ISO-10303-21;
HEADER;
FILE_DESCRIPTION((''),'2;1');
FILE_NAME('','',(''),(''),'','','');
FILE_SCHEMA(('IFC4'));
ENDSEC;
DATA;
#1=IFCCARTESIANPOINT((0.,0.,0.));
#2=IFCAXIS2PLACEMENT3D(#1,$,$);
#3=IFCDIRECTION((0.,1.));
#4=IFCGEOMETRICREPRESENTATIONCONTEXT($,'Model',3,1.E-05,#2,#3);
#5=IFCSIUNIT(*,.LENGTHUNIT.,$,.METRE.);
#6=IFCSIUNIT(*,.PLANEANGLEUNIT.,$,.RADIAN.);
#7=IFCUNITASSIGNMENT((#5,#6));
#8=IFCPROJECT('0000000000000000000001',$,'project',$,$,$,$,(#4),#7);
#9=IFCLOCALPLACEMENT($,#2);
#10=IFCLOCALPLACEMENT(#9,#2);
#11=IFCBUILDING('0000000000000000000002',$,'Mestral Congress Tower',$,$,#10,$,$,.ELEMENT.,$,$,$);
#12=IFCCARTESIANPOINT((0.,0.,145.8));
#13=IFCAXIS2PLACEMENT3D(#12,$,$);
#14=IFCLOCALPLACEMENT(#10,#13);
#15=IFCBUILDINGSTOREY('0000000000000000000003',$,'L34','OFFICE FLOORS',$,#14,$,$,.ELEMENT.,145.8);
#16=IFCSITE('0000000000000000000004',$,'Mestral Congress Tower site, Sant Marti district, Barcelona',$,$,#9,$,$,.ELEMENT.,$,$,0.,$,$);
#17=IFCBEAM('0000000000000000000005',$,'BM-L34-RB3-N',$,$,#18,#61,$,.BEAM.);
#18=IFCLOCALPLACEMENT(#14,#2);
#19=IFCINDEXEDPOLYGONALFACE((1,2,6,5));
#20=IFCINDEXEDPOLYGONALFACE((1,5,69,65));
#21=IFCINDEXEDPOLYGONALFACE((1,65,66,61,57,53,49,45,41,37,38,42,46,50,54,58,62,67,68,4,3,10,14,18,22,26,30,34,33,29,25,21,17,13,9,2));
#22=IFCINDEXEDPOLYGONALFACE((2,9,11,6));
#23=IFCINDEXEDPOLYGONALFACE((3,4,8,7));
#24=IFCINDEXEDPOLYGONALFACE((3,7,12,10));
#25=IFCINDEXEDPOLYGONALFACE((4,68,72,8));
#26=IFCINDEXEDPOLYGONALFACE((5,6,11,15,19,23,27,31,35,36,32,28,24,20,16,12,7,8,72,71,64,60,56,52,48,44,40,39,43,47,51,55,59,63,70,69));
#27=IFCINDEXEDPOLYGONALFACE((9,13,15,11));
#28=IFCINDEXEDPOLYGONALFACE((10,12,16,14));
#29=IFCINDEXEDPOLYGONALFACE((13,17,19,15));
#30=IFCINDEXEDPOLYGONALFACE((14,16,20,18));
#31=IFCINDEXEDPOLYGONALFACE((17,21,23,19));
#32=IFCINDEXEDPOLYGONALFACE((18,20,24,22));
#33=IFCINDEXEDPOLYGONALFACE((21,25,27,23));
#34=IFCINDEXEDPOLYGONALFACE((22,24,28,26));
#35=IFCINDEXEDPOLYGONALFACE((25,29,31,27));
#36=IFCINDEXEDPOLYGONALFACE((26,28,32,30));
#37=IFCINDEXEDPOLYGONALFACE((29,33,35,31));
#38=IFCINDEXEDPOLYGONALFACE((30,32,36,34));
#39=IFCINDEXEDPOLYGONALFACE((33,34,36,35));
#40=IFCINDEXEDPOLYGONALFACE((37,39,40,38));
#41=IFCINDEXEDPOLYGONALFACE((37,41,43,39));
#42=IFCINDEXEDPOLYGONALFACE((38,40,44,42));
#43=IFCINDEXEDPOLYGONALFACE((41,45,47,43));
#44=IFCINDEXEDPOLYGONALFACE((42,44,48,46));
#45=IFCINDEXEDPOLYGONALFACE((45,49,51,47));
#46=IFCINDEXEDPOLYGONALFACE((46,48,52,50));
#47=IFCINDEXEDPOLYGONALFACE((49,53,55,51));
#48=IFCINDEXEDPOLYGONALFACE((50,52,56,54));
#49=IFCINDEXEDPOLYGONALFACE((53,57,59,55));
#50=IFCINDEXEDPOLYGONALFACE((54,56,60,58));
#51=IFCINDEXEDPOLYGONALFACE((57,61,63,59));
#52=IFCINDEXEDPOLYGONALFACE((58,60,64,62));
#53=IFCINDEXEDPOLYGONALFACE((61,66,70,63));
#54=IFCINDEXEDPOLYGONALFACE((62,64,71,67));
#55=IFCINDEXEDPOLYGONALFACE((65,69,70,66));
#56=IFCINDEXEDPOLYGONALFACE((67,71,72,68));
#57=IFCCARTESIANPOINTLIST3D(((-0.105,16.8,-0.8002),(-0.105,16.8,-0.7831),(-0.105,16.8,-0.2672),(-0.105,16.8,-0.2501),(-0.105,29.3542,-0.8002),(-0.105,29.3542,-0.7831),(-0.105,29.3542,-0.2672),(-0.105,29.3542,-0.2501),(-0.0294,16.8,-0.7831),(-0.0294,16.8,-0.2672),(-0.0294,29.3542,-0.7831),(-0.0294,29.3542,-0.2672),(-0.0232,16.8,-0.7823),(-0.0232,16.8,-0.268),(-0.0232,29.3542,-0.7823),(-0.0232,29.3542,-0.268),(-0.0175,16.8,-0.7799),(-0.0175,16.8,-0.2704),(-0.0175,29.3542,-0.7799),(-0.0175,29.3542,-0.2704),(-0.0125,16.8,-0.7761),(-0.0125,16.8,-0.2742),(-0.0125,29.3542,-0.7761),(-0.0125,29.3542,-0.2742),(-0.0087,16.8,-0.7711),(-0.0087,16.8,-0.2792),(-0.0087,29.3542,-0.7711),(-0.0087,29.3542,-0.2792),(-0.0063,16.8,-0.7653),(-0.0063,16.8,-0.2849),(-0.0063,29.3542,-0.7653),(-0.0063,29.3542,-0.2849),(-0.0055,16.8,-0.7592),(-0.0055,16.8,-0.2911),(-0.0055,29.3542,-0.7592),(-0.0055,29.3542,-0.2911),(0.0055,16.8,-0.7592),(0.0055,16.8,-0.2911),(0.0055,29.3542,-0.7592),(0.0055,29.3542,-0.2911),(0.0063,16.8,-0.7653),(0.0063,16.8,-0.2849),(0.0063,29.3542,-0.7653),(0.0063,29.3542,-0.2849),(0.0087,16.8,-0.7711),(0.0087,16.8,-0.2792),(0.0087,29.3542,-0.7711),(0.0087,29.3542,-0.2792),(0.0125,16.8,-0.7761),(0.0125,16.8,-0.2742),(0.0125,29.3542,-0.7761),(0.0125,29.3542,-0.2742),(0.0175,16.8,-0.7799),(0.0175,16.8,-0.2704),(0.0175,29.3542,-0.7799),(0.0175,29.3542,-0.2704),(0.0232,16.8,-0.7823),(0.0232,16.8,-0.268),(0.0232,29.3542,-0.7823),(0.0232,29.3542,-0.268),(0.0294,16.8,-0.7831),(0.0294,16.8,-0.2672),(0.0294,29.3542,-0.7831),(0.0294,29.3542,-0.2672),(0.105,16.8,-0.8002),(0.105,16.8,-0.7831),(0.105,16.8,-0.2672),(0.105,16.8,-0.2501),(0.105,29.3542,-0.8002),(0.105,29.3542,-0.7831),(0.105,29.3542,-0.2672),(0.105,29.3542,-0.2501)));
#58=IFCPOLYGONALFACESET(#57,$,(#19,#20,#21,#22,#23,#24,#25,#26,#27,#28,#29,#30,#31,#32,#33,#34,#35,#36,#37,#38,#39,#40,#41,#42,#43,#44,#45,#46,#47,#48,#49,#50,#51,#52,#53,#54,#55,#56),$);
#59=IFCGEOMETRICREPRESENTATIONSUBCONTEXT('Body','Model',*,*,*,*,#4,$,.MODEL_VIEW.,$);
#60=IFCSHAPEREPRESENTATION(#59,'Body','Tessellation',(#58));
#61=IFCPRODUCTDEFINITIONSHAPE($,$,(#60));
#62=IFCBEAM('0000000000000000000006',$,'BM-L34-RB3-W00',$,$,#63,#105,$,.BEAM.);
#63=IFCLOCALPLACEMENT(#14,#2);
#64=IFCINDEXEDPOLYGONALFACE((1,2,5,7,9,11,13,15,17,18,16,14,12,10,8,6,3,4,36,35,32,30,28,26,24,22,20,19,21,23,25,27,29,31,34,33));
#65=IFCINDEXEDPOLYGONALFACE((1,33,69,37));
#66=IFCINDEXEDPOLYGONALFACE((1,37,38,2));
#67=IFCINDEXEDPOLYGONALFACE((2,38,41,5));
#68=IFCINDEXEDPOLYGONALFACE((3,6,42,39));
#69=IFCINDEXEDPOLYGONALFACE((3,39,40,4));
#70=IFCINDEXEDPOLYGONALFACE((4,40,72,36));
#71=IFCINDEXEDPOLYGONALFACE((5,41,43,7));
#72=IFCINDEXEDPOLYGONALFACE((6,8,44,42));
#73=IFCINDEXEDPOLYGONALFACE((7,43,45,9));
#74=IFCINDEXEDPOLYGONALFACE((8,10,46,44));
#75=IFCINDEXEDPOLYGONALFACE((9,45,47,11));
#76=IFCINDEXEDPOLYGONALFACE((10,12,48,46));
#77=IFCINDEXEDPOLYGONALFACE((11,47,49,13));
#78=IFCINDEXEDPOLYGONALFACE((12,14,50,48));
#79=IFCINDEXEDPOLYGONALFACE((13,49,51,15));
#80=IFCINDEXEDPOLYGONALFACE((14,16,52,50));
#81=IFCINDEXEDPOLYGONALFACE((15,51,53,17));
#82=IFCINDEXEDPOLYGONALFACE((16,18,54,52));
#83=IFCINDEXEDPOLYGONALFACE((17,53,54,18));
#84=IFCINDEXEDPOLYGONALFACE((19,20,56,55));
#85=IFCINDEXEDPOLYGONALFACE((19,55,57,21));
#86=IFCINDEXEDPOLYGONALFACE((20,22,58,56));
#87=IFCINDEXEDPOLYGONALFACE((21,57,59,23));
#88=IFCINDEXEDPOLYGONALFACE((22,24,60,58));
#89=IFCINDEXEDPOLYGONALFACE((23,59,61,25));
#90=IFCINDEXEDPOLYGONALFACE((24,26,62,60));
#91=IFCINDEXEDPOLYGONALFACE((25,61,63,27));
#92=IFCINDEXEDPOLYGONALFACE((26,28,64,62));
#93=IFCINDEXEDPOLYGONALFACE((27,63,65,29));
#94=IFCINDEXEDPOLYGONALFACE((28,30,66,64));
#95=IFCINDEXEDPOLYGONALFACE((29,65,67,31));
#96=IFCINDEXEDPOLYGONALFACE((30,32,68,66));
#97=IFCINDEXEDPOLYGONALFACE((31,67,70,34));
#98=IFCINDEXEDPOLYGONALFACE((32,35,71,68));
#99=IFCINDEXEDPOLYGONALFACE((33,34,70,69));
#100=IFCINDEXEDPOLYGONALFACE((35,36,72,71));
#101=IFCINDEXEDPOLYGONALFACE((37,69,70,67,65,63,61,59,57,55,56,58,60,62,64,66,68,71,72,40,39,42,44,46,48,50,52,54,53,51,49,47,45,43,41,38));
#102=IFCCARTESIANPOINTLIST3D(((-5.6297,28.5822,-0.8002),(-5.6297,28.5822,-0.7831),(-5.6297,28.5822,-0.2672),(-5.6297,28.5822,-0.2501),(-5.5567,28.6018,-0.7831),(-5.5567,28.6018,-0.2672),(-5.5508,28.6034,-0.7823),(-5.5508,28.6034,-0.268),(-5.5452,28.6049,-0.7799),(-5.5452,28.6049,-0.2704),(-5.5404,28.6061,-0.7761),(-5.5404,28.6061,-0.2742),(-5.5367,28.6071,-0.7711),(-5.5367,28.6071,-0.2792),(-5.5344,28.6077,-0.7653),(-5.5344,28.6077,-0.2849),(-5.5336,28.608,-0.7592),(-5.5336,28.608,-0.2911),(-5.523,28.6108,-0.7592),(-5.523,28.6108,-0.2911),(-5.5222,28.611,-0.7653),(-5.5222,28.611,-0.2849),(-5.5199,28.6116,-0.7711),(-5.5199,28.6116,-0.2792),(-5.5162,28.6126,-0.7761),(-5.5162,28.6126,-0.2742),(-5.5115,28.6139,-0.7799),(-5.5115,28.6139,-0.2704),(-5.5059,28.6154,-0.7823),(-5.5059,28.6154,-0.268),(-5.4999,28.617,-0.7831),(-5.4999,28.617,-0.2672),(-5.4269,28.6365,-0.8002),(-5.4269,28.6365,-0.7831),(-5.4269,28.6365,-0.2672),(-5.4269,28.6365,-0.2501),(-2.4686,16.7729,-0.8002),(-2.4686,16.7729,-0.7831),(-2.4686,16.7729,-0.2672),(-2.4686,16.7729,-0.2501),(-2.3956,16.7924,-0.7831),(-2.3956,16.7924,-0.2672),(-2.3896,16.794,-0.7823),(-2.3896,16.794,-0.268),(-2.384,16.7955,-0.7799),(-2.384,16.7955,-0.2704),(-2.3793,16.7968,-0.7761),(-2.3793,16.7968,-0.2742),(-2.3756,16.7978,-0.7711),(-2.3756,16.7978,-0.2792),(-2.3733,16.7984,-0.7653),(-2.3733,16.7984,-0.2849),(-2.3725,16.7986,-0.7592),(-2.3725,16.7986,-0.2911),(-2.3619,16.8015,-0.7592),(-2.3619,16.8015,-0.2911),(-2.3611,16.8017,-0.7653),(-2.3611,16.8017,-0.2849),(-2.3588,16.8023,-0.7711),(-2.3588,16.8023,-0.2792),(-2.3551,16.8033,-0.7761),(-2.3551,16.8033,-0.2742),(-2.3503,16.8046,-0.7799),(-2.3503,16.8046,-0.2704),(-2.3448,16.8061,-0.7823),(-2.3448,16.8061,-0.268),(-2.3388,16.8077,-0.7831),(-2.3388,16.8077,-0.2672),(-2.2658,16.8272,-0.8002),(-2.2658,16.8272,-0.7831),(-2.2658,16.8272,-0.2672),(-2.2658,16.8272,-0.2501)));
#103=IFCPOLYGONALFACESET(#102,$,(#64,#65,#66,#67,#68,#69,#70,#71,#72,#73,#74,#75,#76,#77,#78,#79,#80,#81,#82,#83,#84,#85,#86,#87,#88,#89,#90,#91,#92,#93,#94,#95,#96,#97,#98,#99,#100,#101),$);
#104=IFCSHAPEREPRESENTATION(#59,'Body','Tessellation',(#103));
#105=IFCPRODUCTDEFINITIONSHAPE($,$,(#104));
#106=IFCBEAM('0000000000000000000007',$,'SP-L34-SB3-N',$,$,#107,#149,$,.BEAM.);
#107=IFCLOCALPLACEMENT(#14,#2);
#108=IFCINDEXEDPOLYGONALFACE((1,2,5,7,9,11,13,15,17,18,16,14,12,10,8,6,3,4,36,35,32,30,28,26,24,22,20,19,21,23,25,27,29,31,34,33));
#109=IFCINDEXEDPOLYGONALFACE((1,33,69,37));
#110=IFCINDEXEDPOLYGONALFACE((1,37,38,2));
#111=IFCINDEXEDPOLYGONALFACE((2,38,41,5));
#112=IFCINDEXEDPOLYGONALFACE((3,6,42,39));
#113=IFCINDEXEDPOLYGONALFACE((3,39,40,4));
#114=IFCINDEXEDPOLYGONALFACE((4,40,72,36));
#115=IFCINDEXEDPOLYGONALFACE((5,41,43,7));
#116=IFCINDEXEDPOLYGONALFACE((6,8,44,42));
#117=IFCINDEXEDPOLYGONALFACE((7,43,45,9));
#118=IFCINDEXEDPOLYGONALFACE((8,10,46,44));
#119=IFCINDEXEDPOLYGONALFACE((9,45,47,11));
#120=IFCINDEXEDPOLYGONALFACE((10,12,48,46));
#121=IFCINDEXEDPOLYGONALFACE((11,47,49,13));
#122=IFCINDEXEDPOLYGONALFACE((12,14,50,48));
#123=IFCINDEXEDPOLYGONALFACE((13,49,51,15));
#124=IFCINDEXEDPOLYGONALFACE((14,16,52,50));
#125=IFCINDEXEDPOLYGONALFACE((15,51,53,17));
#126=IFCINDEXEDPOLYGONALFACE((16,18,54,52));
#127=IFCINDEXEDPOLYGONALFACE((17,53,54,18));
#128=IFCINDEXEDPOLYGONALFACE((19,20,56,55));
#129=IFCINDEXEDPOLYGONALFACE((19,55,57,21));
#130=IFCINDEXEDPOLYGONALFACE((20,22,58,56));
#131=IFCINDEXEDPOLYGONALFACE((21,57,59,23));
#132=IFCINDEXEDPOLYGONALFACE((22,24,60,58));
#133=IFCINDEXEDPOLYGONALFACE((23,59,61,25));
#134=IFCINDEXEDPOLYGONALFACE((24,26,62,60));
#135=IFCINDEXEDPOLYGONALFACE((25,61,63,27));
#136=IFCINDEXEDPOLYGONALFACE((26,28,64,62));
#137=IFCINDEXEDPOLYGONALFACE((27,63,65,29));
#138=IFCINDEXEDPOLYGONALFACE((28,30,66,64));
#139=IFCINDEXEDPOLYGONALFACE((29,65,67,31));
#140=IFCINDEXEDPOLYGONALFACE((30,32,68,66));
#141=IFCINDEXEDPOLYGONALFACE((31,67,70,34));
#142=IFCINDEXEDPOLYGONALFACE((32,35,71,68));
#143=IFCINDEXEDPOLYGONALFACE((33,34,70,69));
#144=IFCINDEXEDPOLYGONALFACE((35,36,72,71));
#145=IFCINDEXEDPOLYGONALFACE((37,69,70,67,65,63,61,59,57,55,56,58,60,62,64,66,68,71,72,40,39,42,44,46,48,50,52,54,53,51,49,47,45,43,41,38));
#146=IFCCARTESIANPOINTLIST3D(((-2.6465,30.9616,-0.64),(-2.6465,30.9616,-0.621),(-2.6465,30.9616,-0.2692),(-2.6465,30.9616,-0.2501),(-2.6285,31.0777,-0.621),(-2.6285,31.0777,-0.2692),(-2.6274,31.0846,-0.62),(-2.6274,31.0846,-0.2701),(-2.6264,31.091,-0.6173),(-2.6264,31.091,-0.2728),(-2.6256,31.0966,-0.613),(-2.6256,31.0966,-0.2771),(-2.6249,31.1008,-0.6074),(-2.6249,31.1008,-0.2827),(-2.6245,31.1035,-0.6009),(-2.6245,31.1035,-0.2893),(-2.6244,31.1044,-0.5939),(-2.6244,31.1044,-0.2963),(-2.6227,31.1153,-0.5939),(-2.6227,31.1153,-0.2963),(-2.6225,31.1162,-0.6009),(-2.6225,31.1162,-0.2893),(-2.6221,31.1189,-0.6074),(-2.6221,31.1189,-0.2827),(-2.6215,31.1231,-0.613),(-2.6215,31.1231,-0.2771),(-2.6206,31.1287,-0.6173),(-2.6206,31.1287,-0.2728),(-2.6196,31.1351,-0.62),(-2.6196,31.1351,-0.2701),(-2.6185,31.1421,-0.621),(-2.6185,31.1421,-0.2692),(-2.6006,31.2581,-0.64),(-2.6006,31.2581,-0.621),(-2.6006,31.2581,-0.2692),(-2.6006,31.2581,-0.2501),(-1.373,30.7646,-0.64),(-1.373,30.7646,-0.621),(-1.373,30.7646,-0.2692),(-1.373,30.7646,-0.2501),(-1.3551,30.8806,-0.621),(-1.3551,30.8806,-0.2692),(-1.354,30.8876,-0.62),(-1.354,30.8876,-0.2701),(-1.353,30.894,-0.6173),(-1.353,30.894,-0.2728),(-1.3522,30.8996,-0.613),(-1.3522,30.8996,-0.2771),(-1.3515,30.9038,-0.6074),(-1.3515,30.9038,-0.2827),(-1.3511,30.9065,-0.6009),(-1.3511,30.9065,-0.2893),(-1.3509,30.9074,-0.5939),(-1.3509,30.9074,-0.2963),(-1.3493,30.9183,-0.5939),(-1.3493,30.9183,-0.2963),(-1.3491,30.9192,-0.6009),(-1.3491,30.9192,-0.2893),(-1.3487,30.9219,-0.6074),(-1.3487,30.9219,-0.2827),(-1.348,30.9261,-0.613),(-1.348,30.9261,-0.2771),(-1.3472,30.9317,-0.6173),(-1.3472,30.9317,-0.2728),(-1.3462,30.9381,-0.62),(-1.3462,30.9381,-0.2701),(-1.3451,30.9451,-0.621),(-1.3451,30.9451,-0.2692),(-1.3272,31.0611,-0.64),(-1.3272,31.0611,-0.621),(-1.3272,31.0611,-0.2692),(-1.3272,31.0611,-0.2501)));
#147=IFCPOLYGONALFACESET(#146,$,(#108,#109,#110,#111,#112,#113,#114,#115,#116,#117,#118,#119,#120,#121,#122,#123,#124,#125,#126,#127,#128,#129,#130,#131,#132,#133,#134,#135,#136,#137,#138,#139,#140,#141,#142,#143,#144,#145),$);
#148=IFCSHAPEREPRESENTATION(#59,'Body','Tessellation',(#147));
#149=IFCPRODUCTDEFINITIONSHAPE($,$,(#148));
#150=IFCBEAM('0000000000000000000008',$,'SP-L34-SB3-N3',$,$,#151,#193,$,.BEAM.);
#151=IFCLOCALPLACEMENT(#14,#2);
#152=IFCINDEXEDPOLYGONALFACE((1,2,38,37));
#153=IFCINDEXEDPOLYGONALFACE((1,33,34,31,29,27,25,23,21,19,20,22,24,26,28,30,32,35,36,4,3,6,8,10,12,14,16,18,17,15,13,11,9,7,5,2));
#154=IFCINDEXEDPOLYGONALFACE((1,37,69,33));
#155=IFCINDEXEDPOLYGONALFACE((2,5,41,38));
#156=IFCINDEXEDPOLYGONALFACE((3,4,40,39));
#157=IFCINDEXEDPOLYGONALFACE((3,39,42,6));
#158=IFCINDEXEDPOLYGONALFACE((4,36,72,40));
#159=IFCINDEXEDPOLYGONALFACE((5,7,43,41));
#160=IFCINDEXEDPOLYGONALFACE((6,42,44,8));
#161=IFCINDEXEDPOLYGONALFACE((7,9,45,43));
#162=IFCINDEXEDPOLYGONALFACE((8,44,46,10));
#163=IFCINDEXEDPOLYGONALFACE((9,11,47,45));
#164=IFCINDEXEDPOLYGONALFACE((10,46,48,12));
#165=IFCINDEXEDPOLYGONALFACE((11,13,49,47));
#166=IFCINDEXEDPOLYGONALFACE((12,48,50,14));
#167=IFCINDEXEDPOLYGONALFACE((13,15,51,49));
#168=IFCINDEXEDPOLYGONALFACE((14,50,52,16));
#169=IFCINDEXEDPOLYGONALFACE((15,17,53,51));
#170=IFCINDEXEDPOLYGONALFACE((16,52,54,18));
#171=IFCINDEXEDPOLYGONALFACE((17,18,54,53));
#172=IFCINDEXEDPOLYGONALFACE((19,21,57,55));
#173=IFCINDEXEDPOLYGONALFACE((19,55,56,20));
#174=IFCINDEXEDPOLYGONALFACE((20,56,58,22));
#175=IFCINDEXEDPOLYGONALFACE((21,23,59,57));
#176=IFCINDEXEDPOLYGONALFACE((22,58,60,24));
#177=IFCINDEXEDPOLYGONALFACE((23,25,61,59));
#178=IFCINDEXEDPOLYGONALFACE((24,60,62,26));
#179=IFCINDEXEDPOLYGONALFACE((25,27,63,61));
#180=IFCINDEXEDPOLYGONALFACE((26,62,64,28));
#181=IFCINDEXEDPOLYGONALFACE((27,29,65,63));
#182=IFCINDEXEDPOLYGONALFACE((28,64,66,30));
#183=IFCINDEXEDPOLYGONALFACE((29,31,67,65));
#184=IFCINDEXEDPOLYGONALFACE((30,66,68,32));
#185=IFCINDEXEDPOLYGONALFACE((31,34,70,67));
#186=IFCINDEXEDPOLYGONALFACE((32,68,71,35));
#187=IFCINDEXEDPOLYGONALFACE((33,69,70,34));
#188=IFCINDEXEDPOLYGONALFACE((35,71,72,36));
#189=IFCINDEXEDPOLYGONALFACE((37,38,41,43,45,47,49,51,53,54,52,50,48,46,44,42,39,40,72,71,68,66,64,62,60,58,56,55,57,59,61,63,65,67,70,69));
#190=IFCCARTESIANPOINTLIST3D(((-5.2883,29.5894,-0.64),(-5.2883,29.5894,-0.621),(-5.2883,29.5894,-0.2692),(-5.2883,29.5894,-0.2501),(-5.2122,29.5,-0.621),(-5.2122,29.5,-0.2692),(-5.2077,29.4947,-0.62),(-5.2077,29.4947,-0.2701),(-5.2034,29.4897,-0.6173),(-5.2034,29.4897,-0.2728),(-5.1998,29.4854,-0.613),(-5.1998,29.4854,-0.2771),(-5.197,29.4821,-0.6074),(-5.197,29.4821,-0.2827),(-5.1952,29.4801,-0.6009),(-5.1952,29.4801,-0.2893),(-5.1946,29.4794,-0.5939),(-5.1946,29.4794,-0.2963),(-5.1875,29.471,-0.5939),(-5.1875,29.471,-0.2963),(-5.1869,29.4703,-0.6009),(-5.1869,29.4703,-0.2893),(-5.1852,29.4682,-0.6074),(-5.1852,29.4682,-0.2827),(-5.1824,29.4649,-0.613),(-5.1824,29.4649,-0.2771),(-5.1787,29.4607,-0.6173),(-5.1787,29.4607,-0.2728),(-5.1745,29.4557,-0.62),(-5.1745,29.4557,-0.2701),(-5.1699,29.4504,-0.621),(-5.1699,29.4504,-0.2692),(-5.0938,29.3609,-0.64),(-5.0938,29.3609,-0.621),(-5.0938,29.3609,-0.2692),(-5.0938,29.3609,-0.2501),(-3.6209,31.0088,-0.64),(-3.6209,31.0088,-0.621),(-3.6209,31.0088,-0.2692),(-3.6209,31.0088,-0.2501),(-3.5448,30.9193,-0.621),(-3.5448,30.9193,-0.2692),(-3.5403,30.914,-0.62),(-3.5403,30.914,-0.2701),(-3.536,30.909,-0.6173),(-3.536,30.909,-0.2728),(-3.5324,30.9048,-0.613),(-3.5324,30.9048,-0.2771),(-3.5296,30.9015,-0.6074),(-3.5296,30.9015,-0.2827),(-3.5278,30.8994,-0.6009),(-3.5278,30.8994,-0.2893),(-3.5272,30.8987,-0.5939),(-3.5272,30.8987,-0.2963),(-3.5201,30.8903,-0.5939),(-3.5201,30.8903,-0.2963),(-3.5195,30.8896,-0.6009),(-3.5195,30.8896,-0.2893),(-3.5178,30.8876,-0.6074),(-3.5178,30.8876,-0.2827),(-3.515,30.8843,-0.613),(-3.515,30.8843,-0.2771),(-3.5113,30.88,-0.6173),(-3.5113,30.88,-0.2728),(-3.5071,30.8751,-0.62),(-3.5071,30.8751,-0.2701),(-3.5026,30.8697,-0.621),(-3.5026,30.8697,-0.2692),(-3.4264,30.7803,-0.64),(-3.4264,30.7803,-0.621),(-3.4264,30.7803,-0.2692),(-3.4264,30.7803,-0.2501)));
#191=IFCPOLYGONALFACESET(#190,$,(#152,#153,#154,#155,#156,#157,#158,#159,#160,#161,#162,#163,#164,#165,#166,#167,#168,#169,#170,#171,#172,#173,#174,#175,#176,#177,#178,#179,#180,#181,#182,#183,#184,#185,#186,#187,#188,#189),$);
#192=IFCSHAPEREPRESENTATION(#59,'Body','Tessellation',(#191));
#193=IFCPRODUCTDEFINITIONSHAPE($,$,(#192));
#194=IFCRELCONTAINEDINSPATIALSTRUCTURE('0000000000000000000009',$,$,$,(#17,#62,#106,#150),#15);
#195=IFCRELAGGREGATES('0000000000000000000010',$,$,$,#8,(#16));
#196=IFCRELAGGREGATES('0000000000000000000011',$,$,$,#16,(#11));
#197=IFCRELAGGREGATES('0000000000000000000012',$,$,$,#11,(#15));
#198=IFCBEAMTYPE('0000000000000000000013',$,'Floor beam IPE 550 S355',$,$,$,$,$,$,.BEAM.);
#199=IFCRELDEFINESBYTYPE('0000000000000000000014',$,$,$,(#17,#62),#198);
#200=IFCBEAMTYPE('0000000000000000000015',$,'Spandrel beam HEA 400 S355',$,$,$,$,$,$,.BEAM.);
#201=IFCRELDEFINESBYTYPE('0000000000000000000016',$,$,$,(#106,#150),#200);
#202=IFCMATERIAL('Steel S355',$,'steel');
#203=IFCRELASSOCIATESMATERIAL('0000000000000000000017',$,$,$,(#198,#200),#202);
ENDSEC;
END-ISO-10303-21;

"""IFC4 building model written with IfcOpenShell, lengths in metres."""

from ifc_helpers import new_model, si_unit, direction, frame, origin, origin_2d, place, context, subcontext, project, spatial, i_section, extrude, material, material_profile, profile_set, type_object, element, save


model = new_model("IFC4")

# Units and contexts
model_context = context("Model", 3, precision=1e-05, world=origin(), true_north=direction((0.0, 1.0)))
body_context = subcontext(model_context, "Body", "Model", "MODEL_VIEW")
ifc_project = project(units=[si_unit("LENGTHUNIT", "METRE"), si_unit("PLANEANGLEUNIT", "RADIAN")], contexts=[model_context])

# Site, building, storey
site_placement = place(None, origin())
site = spatial("IfcSite", under=ifc_project, at=site_placement, Name="Mestral Congress Tower site, Sant Marti district, Barcelona", CompositionType="ELEMENT", RefElevation=0.0)
building_placement = place(site_placement, origin())
building = spatial("IfcBuilding", under=site, at=building_placement, Name="Mestral Congress Tower", CompositionType="ELEMENT")
storey_placement = place(building_placement, frame((0.0, 0.0, 145.8)))
storey = spatial("IfcBuildingStorey", under=building, at=storey_placement, Name="L34", Description="OFFICE FLOORS", CompositionType="ELEMENT", Elevation=145.8)

# Beams
ifc_material_1 = material(Name="Steel S355", Category="steel")
ifc_material_profile_1 = material_profile(ifc_material_1, i_section(OverallWidth=0.21, OverallDepth=0.55, WebThickness=0.011, FlangeThickness=0.0171, FilletRadius=0.0239, at=origin_2d()), Name="IPE 550")
ifc_profile_set_1 = profile_set([ifc_material_profile_1], Name="Steel S355")
beam_type_1 = type_object("IfcBeamType", Name="Floor beam IPE 550 S355", PredefinedType="BEAM", material=ifc_profile_set_1)
beam_1_placement = place(storey_placement, frame((0.0, 29.3542, -0.5251), z_axis=(0.0, -1.0, 0.0), x_axis=(1.0, 0.0, 0.0)))
element("IfcBeam", 1, at=beam_1_placement, inside=storey, type_object=beam_type_1, Name="BM-L34-RB3-N", PredefinedType="BEAM", context=body_context, shape_type="SweptSolid", body=[
    extrude(i_section(OverallWidth=0.21, OverallDepth=0.55, WebThickness=0.011, FlangeThickness=0.0171, FilletRadius=0.0239, at=origin_2d()), origin(), (0.0, 0.0, 1.0), 12.5542),
])
beam_2_placement = place(storey_placement, frame((-5.5283, 28.6094, -0.5251), z_axis=(0.258577, -0.965991, 0.0), x_axis=(0.965991, 0.258577, 0.0)))
element("IfcBeam", 2, at=beam_2_placement, inside=storey, type_object=beam_type_1, Name="BM-L34-RB3-W00", PredefinedType="BEAM", context=body_context, shape_type="SweptSolid", body=[
    extrude(i_section(OverallWidth=0.21, OverallDepth=0.55, WebThickness=0.011, FlangeThickness=0.0171, FilletRadius=0.0239, at=origin_2d()), origin(), (0.0, 0.0, 1.0), 12.2251),
])
ifc_material_profile_2 = material_profile(ifc_material_1, i_section(OverallWidth=0.3, OverallDepth=0.3899, WebThickness=0.011, FlangeThickness=0.019, FilletRadius=0.0271, at=origin_2d()), Name="HEA 400")
ifc_profile_set_2 = profile_set([ifc_material_profile_2], Name="Steel S355")
beam_type_2 = type_object("IfcBeamType", Name="Spandrel beam HEA 400 S355", PredefinedType="BEAM", material=ifc_profile_set_2)
beam_3_placement = place(storey_placement, frame((-1.3501, 30.9128, -0.4451), z_axis=(-0.988242, 0.152897, 0.0), x_axis=(-0.152897, -0.988242, 0.0)))
element("IfcBeam", 3, at=beam_3_placement, inside=storey, type_object=beam_type_2, Name="SP-L34-SB3-N", PredefinedType="BEAM", context=body_context, shape_type="SweptSolid", body=[
    extrude(i_section(OverallWidth=0.3, OverallDepth=0.3899, WebThickness=0.011, FlangeThickness=0.019, FilletRadius=0.0271, at=origin_2d()), origin(), (0.0, 0.0, 1.0), 1.2886),
])
beam_4_placement = place(storey_placement, frame((-3.5237, 30.8945, -0.4451), z_axis=(-0.761471, -0.648198, 0.0), x_axis=(0.648198, -0.761471, 0.0)))
element("IfcBeam", 4, at=beam_4_placement, inside=storey, type_object=beam_type_2, Name="SP-L34-SB3-N3", PredefinedType="BEAM", context=body_context, shape_type="SweptSolid", body=[
    extrude(i_section(OverallWidth=0.3, OverallDepth=0.3899, WebThickness=0.011, FlangeThickness=0.019, FilletRadius=0.0271, at=origin_2d()), origin(), (0.0, 0.0, 1.0), 2.1897),
])

save(model, "model.ifc")
